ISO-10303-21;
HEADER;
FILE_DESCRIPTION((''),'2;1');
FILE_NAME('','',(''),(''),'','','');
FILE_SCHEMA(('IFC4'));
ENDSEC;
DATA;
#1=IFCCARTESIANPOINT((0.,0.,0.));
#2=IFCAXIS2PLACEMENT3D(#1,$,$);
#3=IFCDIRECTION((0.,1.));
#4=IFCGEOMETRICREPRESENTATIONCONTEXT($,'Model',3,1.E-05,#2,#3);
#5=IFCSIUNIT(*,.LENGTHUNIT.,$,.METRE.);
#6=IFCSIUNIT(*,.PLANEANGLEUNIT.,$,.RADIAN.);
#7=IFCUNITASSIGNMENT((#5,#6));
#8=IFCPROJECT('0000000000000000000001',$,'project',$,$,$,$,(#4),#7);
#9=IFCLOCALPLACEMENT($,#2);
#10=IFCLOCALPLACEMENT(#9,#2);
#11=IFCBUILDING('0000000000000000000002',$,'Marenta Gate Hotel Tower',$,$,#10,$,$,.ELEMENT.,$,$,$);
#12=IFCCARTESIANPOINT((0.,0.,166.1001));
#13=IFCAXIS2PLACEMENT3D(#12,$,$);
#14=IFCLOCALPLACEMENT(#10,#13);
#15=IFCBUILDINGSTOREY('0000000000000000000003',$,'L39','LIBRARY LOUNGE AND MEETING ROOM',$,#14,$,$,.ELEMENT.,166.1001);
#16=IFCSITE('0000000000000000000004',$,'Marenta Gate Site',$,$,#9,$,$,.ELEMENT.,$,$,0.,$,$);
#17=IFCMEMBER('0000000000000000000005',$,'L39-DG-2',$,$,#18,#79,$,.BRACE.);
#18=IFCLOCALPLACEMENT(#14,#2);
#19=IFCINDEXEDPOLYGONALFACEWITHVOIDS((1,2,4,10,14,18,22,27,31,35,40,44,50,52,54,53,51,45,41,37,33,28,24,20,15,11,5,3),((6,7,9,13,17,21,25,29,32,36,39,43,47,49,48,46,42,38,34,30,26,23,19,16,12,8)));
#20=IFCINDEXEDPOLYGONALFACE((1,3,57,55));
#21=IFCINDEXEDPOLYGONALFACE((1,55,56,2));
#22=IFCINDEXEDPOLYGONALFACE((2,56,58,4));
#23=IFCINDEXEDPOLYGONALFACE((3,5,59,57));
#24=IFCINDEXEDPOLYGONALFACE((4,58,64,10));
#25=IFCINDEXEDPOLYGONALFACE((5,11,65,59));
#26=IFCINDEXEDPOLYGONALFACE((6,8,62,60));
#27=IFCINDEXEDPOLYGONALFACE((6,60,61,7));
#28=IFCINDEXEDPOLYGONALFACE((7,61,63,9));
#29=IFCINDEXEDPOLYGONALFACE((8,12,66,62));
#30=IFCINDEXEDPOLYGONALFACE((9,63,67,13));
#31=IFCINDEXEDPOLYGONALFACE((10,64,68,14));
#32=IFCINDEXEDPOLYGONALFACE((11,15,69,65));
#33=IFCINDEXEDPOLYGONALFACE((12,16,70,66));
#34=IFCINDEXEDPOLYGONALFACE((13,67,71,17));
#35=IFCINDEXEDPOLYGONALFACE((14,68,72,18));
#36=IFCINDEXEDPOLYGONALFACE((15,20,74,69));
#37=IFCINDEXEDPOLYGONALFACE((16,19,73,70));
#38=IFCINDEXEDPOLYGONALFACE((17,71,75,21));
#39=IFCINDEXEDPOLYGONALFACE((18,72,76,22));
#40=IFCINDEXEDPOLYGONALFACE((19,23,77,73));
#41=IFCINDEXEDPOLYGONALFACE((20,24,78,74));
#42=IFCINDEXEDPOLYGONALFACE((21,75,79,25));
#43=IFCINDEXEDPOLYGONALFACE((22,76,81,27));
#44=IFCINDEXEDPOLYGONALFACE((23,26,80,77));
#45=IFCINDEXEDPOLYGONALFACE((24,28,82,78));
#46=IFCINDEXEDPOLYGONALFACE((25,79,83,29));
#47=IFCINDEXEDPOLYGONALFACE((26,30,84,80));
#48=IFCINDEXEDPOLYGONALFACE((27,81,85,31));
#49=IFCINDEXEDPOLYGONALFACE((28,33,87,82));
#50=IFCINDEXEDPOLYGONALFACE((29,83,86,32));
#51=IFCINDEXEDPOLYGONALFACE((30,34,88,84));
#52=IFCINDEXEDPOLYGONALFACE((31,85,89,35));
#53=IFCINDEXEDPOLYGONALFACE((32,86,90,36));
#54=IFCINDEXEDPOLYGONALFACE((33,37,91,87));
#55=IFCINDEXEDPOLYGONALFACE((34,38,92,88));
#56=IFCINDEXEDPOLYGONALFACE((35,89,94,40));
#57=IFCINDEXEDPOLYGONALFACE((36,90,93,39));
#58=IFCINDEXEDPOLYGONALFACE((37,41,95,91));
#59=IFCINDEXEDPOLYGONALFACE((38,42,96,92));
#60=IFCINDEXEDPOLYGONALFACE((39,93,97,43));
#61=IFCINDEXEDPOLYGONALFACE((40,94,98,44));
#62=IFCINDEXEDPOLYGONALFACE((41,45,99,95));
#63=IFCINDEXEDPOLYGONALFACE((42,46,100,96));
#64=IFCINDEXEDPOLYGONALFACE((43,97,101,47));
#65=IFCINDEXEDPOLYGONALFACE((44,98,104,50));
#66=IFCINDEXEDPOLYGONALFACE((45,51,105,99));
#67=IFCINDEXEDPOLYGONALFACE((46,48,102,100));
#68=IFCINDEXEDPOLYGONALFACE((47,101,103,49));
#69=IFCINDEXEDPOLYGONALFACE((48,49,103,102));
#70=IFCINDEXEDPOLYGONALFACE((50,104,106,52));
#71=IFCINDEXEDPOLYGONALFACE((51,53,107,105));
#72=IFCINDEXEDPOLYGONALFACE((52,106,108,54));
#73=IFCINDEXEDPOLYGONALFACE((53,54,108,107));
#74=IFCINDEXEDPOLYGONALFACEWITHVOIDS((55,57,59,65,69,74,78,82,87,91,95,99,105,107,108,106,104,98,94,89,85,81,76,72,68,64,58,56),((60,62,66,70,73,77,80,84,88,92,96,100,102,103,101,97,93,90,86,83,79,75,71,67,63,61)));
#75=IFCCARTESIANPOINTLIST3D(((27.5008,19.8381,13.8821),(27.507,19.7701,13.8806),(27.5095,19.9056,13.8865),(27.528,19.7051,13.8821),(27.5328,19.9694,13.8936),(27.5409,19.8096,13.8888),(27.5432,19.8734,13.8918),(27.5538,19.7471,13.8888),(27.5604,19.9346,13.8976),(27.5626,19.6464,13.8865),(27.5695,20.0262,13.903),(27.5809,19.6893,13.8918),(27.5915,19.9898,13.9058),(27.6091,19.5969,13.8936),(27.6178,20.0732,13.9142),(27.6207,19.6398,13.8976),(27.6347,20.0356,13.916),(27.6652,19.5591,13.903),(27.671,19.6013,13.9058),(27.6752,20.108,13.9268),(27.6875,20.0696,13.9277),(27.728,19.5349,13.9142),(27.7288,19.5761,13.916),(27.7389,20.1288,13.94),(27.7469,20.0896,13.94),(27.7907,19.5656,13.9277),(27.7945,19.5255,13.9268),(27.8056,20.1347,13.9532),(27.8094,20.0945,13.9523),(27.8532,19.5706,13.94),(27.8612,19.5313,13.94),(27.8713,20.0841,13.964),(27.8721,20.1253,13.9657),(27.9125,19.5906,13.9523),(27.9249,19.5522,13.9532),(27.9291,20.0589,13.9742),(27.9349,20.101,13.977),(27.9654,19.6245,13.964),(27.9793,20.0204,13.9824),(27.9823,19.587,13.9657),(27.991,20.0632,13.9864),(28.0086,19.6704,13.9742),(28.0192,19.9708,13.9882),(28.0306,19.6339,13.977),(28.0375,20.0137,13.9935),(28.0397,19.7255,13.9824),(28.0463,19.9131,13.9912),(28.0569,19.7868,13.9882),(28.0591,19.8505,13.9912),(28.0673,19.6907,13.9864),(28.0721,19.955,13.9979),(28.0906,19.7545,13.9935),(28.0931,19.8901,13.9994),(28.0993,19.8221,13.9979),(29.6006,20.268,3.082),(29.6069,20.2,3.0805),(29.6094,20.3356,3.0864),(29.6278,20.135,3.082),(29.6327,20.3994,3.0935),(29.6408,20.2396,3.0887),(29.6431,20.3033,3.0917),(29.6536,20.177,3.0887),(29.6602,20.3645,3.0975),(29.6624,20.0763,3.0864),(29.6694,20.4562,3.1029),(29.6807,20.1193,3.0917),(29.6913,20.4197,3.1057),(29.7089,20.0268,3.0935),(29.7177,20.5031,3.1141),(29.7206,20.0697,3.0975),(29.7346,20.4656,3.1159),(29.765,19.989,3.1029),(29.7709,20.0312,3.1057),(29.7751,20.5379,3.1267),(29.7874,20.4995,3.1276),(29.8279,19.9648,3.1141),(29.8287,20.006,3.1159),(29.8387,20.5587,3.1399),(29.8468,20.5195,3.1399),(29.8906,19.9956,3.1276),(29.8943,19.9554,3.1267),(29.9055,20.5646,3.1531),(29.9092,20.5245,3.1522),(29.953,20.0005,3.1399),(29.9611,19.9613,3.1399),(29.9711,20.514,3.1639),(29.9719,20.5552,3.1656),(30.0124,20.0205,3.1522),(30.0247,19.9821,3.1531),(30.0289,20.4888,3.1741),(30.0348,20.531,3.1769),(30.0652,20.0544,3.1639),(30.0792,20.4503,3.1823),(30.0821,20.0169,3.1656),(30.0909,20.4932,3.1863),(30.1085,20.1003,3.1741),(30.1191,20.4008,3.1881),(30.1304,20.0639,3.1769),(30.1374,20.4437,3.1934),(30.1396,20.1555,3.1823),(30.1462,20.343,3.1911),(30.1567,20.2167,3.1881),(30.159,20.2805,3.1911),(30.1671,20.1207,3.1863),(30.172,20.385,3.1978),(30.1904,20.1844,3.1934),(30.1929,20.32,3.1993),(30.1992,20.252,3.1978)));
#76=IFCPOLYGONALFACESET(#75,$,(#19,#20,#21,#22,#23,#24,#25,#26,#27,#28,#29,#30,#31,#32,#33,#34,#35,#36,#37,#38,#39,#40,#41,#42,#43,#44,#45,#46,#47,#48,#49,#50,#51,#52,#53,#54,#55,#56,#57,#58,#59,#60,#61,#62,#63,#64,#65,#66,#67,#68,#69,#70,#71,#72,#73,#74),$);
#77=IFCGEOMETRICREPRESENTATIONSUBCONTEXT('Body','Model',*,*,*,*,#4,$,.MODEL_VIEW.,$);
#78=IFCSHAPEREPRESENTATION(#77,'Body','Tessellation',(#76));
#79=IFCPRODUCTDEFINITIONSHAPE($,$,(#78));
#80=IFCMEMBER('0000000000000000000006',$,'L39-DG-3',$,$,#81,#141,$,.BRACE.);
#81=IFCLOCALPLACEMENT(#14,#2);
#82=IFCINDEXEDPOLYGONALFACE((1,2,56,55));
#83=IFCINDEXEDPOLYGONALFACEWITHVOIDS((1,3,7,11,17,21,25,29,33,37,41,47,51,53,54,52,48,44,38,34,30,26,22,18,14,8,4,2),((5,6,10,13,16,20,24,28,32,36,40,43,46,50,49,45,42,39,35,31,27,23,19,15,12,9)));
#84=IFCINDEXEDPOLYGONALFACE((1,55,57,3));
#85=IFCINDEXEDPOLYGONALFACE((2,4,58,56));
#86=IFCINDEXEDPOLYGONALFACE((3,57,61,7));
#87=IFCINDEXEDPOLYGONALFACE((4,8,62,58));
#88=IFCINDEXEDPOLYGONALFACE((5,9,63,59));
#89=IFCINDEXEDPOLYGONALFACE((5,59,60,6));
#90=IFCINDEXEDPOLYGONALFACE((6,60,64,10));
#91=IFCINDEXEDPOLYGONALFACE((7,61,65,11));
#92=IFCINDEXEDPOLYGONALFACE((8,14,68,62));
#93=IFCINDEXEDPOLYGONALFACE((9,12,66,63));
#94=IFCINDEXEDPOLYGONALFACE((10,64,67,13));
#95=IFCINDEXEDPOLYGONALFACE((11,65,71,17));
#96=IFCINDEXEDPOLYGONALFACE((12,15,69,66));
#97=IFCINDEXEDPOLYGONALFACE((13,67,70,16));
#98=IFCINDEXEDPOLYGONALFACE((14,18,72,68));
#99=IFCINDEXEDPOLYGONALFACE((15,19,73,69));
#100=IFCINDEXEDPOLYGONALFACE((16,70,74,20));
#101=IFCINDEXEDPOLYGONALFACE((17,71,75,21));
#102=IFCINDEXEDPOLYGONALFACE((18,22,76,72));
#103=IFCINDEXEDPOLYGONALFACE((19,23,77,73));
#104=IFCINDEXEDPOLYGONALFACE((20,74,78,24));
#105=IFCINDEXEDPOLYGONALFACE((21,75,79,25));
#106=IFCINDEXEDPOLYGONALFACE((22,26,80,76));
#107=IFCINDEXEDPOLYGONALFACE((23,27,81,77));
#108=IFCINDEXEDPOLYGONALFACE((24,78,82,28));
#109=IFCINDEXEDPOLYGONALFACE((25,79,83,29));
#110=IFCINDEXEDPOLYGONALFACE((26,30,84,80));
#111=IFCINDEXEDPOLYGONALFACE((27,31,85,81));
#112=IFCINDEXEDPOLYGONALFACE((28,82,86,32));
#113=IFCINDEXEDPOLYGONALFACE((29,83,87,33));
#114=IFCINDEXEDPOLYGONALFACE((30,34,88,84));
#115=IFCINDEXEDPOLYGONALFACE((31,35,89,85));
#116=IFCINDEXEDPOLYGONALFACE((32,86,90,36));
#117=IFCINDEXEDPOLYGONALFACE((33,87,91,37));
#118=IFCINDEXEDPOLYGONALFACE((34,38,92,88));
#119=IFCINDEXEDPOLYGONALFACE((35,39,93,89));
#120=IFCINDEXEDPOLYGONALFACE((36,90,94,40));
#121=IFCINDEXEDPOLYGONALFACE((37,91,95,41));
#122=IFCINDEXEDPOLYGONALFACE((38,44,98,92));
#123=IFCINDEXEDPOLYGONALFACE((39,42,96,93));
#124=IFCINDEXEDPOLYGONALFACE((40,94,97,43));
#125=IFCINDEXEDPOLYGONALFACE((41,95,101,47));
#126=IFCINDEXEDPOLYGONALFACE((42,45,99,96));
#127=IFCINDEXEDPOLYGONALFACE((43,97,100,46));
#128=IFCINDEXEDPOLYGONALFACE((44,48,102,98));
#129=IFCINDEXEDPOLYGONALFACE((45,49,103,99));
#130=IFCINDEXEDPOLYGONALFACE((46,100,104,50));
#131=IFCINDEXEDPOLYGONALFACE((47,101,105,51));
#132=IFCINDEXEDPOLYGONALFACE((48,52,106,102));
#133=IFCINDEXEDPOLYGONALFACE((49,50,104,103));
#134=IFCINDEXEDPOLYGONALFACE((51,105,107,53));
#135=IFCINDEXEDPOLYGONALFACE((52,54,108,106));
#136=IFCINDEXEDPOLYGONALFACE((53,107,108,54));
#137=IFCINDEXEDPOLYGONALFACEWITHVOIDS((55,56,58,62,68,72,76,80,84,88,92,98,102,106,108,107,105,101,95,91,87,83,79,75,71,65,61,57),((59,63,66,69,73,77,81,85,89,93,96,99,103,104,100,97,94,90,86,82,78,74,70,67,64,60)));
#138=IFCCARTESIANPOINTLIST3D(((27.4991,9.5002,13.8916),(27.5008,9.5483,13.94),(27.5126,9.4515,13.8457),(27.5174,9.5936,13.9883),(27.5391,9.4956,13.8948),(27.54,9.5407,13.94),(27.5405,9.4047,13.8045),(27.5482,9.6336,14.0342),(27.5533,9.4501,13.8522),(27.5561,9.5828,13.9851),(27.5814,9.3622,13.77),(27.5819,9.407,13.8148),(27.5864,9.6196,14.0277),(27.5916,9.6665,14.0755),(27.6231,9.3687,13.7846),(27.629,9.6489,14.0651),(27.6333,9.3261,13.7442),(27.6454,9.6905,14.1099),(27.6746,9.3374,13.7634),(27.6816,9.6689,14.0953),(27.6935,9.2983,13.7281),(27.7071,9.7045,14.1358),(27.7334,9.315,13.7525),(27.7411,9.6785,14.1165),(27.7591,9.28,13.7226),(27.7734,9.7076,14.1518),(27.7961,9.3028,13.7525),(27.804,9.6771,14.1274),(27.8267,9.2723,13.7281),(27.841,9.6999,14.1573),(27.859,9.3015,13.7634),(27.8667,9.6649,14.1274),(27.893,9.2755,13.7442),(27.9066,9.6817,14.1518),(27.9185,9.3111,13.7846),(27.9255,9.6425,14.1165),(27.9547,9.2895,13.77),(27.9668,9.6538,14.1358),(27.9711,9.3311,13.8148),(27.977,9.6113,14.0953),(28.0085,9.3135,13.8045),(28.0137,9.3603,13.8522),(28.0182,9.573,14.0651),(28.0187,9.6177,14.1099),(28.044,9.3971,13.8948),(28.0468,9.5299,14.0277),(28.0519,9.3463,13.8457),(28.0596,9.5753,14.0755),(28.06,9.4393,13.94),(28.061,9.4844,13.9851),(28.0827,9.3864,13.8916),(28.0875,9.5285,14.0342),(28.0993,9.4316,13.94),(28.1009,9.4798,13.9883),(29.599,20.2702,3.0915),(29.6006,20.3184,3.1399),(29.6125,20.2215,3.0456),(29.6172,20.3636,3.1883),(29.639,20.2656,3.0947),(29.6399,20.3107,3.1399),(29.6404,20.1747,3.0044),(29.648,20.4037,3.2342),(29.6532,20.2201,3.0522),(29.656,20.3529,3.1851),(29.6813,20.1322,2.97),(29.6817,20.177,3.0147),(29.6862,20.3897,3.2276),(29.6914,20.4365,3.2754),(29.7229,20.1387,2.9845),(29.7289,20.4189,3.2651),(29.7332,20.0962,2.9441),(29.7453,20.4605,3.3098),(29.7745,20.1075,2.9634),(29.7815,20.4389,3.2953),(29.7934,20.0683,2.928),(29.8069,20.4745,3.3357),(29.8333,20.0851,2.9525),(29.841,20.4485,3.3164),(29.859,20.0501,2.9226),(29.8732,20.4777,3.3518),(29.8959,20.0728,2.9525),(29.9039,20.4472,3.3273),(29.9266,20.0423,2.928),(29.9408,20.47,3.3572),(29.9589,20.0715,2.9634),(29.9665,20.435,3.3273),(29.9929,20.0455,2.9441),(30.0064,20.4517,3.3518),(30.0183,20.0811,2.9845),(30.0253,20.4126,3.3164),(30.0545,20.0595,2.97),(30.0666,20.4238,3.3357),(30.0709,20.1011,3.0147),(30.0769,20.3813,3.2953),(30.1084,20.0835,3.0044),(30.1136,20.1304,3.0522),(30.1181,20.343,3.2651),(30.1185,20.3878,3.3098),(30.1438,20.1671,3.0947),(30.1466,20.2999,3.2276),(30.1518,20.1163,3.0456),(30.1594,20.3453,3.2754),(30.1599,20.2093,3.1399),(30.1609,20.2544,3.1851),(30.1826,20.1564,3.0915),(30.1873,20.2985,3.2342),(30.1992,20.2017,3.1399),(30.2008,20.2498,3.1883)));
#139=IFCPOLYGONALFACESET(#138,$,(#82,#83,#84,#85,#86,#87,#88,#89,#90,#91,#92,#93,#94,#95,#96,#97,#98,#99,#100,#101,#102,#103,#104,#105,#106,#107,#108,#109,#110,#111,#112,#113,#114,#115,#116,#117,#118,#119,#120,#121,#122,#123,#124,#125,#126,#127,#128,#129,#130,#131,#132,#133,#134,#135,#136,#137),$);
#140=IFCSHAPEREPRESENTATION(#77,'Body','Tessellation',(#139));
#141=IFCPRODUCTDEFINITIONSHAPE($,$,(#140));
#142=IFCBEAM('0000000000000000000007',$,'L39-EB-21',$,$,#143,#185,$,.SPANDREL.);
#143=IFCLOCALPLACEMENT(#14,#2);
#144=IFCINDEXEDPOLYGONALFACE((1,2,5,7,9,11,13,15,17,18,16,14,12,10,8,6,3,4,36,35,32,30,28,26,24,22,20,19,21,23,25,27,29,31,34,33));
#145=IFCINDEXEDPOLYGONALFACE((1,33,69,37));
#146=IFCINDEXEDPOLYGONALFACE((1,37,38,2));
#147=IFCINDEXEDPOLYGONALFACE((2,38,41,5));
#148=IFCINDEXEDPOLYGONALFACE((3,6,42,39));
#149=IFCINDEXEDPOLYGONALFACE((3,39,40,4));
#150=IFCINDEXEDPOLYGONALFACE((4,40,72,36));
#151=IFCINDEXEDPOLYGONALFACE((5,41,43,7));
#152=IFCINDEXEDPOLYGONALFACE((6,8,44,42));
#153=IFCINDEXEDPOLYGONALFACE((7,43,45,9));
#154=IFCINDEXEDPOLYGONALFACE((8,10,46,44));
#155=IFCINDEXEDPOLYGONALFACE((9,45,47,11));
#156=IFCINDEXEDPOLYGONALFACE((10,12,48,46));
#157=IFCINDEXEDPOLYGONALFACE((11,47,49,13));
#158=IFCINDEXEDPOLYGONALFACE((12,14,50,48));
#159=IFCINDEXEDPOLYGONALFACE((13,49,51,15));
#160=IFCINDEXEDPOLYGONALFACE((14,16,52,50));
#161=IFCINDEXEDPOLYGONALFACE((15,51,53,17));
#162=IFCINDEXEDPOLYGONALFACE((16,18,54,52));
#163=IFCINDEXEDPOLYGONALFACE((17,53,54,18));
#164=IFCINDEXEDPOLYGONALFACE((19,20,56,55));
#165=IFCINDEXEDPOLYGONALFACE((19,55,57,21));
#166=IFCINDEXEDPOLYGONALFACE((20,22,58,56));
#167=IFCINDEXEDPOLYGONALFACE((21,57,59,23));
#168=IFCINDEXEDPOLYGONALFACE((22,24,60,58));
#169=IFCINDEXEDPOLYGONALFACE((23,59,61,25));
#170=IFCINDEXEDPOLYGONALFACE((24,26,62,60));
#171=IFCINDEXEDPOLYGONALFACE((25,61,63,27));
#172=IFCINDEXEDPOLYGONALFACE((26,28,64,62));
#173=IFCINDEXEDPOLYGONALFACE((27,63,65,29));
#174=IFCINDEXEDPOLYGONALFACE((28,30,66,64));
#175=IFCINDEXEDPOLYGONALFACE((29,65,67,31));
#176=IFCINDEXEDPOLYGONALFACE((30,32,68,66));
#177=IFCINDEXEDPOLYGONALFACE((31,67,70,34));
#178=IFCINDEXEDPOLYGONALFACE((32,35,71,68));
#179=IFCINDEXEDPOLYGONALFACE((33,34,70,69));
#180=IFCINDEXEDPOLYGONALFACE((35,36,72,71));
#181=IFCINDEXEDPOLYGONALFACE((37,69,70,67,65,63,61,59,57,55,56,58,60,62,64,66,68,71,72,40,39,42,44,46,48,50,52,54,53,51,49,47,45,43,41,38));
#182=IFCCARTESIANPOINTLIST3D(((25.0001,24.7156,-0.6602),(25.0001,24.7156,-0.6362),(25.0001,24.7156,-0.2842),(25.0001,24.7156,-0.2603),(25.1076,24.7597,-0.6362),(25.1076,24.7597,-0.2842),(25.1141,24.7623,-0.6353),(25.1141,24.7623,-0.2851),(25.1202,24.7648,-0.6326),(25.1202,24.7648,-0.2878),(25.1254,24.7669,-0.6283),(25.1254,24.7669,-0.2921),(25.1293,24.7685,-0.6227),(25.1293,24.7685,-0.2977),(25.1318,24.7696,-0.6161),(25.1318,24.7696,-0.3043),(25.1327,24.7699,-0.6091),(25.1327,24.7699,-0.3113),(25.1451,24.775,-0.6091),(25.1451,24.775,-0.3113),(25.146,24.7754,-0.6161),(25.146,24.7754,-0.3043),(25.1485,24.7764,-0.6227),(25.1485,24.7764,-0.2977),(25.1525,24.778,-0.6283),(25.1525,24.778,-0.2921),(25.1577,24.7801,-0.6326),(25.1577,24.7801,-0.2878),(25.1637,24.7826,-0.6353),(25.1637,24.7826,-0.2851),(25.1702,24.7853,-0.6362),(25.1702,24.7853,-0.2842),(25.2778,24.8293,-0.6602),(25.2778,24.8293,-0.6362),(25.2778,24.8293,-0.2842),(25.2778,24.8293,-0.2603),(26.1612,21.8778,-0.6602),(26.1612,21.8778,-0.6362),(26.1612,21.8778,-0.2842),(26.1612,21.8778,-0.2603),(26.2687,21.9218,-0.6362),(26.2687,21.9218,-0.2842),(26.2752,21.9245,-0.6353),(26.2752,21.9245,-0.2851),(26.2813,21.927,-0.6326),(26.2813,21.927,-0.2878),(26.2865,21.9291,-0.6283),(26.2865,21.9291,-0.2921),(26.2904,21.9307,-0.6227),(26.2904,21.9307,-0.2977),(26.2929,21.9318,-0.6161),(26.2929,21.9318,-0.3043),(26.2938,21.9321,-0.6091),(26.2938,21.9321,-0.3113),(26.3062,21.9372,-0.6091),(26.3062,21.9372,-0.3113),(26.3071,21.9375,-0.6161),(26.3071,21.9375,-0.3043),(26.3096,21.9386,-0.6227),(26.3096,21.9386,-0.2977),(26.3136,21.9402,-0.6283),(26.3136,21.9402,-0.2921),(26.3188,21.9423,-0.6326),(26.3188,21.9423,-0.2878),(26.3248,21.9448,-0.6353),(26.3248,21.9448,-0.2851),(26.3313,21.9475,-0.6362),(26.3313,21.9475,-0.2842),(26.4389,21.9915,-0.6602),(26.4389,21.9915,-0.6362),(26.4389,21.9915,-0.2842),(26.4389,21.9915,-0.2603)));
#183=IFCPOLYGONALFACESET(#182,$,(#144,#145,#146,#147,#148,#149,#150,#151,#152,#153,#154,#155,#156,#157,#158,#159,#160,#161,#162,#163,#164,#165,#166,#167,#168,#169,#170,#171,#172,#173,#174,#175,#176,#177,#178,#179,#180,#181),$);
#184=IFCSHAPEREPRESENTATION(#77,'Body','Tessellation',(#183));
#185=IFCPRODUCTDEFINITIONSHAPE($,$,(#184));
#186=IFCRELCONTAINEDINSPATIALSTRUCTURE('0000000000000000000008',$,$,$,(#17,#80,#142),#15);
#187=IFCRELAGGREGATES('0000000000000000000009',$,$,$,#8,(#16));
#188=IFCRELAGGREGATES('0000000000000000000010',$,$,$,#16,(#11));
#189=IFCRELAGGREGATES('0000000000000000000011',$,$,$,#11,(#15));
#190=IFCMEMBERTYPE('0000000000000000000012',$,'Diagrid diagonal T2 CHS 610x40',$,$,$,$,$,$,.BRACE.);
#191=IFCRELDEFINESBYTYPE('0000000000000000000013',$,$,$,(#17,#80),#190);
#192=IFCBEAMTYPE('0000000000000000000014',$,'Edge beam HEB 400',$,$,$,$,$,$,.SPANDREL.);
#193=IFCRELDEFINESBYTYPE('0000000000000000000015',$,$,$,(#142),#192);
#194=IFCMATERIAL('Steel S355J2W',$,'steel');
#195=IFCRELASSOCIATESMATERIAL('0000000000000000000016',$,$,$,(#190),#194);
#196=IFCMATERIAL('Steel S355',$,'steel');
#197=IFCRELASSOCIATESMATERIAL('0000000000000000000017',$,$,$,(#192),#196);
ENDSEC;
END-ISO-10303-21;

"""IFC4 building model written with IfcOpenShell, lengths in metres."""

from ifc_helpers import new_model, si_unit, direction, frame, origin, origin_2d, place, context, subcontext, project, spatial, hollow_circle, i_section, extrude, material, material_profile, profile_set, type_object, element, save


model = new_model("IFC4")

# Units and contexts
model_context = context("Model", 3, precision=1e-05, world=origin(), true_north=direction((0.0, 1.0)))
body_context = subcontext(model_context, "Body", "Model", "MODEL_VIEW")
ifc_project = project(units=[si_unit("LENGTHUNIT", "METRE"), si_unit("PLANEANGLEUNIT", "RADIAN")], contexts=[model_context])

# Site, building, storey
site_placement = place(None, origin())
site = spatial("IfcSite", under=ifc_project, at=site_placement, Name="Marenta Gate Site", CompositionType="ELEMENT", RefElevation=0.0)
building_placement = place(site_placement, origin())
building = spatial("IfcBuilding", under=site, at=building_placement, Name="Marenta Gate Hotel Tower", CompositionType="ELEMENT")
storey_placement = place(building_placement, frame((0.0, 0.0, 166.1001)))
storey = spatial("IfcBuildingStorey", under=building, at=storey_placement, Name="L39", Description="LIBRARY LOUNGE AND MEETING ROOM", CompositionType="ELEMENT", Elevation=166.1001)

# Members
ifc_material_1 = material(Name="Steel S355J2W", Category="steel")
ifc_material_profile_1 = material_profile(ifc_material_1, hollow_circle(Radius=0.3049, WallThickness=0.04, at=origin_2d()), Name="CHS 610x40")
ifc_profile_set_1 = profile_set([ifc_material_profile_1], Name="Steel S355J2W")
member_type_1 = type_object("IfcMemberType", Name="Diagrid diagonal T2 CHS 610x40", PredefinedType="BRACE", material=ifc_profile_set_1)
member_1_placement = place(storey_placement, frame((29.8999, 20.26, 3.1399), z_axis=(-0.19071, -0.039047, 0.980869), x_axis=(0.200583, -0.979677, 0.0)))
element("IfcMember", 1, at=member_1_placement, inside=storey, type_object=member_type_1, Name="L39-DG-2", PredefinedType="BRACE", context=body_context, shape_type="SweptSolid", body=[
    extrude(hollow_circle(Radius=0.3049, WallThickness=0.04, at=origin_2d()), origin(), (0.0, 0.0, 1.0), 11.0107),
])
member_2_placement = place(storey_placement, frame((29.8999, 20.26, 3.1399), z_axis=(-0.136388, -0.699523, 0.701474), x_axis=(0.981518, -0.191369, 0.0)))
element("IfcMember", 2, at=member_2_placement, inside=storey, type_object=member_type_1, Name="L39-DG-3", PredefinedType="BRACE", context=body_context, shape_type="SweptSolid", body=[
    extrude(hollow_circle(Radius=0.3049, WallThickness=0.04, at=origin_2d()), origin(), (0.0, 0.0, 1.0), 15.3962),
])

# Beam
ifc_material_2 = material(Name="Steel S355", Category="steel")
ifc_material_profile_2 = material_profile(ifc_material_2, i_section(OverallWidth=0.3, OverallDepth=0.3999, WebThickness=0.0134, FlangeThickness=0.0239, FilletRadius=0.0271, at=origin_2d()), Name="HEB 400")
ifc_profile_set_2 = profile_set([ifc_material_profile_2], Name="Steel S355")
beam_type = type_object("IfcBeamType", Name="Edge beam HEB 400", PredefinedType="SPANDREL", material=ifc_profile_set_2)
beam_1_placement = place(storey_placement, frame((25.1389, 24.7725, -0.4602), z_axis=(0.378682, -0.925527, 0.0), x_axis=(0.925527, 0.378682, 0.0)))
element("IfcBeam", 3, at=beam_1_placement, inside=storey, type_object=beam_type, Name="L39-EB-21", PredefinedType="SPANDREL", context=body_context, shape_type="SweptSolid", body=[
    extrude(i_section(OverallWidth=0.3, OverallDepth=0.3999, WebThickness=0.0134, FlangeThickness=0.0239, FilletRadius=0.0271, at=origin_2d()), origin(), (0.0, 0.0, 1.0), 3.0662),
])

save(model, "model.ifc")
